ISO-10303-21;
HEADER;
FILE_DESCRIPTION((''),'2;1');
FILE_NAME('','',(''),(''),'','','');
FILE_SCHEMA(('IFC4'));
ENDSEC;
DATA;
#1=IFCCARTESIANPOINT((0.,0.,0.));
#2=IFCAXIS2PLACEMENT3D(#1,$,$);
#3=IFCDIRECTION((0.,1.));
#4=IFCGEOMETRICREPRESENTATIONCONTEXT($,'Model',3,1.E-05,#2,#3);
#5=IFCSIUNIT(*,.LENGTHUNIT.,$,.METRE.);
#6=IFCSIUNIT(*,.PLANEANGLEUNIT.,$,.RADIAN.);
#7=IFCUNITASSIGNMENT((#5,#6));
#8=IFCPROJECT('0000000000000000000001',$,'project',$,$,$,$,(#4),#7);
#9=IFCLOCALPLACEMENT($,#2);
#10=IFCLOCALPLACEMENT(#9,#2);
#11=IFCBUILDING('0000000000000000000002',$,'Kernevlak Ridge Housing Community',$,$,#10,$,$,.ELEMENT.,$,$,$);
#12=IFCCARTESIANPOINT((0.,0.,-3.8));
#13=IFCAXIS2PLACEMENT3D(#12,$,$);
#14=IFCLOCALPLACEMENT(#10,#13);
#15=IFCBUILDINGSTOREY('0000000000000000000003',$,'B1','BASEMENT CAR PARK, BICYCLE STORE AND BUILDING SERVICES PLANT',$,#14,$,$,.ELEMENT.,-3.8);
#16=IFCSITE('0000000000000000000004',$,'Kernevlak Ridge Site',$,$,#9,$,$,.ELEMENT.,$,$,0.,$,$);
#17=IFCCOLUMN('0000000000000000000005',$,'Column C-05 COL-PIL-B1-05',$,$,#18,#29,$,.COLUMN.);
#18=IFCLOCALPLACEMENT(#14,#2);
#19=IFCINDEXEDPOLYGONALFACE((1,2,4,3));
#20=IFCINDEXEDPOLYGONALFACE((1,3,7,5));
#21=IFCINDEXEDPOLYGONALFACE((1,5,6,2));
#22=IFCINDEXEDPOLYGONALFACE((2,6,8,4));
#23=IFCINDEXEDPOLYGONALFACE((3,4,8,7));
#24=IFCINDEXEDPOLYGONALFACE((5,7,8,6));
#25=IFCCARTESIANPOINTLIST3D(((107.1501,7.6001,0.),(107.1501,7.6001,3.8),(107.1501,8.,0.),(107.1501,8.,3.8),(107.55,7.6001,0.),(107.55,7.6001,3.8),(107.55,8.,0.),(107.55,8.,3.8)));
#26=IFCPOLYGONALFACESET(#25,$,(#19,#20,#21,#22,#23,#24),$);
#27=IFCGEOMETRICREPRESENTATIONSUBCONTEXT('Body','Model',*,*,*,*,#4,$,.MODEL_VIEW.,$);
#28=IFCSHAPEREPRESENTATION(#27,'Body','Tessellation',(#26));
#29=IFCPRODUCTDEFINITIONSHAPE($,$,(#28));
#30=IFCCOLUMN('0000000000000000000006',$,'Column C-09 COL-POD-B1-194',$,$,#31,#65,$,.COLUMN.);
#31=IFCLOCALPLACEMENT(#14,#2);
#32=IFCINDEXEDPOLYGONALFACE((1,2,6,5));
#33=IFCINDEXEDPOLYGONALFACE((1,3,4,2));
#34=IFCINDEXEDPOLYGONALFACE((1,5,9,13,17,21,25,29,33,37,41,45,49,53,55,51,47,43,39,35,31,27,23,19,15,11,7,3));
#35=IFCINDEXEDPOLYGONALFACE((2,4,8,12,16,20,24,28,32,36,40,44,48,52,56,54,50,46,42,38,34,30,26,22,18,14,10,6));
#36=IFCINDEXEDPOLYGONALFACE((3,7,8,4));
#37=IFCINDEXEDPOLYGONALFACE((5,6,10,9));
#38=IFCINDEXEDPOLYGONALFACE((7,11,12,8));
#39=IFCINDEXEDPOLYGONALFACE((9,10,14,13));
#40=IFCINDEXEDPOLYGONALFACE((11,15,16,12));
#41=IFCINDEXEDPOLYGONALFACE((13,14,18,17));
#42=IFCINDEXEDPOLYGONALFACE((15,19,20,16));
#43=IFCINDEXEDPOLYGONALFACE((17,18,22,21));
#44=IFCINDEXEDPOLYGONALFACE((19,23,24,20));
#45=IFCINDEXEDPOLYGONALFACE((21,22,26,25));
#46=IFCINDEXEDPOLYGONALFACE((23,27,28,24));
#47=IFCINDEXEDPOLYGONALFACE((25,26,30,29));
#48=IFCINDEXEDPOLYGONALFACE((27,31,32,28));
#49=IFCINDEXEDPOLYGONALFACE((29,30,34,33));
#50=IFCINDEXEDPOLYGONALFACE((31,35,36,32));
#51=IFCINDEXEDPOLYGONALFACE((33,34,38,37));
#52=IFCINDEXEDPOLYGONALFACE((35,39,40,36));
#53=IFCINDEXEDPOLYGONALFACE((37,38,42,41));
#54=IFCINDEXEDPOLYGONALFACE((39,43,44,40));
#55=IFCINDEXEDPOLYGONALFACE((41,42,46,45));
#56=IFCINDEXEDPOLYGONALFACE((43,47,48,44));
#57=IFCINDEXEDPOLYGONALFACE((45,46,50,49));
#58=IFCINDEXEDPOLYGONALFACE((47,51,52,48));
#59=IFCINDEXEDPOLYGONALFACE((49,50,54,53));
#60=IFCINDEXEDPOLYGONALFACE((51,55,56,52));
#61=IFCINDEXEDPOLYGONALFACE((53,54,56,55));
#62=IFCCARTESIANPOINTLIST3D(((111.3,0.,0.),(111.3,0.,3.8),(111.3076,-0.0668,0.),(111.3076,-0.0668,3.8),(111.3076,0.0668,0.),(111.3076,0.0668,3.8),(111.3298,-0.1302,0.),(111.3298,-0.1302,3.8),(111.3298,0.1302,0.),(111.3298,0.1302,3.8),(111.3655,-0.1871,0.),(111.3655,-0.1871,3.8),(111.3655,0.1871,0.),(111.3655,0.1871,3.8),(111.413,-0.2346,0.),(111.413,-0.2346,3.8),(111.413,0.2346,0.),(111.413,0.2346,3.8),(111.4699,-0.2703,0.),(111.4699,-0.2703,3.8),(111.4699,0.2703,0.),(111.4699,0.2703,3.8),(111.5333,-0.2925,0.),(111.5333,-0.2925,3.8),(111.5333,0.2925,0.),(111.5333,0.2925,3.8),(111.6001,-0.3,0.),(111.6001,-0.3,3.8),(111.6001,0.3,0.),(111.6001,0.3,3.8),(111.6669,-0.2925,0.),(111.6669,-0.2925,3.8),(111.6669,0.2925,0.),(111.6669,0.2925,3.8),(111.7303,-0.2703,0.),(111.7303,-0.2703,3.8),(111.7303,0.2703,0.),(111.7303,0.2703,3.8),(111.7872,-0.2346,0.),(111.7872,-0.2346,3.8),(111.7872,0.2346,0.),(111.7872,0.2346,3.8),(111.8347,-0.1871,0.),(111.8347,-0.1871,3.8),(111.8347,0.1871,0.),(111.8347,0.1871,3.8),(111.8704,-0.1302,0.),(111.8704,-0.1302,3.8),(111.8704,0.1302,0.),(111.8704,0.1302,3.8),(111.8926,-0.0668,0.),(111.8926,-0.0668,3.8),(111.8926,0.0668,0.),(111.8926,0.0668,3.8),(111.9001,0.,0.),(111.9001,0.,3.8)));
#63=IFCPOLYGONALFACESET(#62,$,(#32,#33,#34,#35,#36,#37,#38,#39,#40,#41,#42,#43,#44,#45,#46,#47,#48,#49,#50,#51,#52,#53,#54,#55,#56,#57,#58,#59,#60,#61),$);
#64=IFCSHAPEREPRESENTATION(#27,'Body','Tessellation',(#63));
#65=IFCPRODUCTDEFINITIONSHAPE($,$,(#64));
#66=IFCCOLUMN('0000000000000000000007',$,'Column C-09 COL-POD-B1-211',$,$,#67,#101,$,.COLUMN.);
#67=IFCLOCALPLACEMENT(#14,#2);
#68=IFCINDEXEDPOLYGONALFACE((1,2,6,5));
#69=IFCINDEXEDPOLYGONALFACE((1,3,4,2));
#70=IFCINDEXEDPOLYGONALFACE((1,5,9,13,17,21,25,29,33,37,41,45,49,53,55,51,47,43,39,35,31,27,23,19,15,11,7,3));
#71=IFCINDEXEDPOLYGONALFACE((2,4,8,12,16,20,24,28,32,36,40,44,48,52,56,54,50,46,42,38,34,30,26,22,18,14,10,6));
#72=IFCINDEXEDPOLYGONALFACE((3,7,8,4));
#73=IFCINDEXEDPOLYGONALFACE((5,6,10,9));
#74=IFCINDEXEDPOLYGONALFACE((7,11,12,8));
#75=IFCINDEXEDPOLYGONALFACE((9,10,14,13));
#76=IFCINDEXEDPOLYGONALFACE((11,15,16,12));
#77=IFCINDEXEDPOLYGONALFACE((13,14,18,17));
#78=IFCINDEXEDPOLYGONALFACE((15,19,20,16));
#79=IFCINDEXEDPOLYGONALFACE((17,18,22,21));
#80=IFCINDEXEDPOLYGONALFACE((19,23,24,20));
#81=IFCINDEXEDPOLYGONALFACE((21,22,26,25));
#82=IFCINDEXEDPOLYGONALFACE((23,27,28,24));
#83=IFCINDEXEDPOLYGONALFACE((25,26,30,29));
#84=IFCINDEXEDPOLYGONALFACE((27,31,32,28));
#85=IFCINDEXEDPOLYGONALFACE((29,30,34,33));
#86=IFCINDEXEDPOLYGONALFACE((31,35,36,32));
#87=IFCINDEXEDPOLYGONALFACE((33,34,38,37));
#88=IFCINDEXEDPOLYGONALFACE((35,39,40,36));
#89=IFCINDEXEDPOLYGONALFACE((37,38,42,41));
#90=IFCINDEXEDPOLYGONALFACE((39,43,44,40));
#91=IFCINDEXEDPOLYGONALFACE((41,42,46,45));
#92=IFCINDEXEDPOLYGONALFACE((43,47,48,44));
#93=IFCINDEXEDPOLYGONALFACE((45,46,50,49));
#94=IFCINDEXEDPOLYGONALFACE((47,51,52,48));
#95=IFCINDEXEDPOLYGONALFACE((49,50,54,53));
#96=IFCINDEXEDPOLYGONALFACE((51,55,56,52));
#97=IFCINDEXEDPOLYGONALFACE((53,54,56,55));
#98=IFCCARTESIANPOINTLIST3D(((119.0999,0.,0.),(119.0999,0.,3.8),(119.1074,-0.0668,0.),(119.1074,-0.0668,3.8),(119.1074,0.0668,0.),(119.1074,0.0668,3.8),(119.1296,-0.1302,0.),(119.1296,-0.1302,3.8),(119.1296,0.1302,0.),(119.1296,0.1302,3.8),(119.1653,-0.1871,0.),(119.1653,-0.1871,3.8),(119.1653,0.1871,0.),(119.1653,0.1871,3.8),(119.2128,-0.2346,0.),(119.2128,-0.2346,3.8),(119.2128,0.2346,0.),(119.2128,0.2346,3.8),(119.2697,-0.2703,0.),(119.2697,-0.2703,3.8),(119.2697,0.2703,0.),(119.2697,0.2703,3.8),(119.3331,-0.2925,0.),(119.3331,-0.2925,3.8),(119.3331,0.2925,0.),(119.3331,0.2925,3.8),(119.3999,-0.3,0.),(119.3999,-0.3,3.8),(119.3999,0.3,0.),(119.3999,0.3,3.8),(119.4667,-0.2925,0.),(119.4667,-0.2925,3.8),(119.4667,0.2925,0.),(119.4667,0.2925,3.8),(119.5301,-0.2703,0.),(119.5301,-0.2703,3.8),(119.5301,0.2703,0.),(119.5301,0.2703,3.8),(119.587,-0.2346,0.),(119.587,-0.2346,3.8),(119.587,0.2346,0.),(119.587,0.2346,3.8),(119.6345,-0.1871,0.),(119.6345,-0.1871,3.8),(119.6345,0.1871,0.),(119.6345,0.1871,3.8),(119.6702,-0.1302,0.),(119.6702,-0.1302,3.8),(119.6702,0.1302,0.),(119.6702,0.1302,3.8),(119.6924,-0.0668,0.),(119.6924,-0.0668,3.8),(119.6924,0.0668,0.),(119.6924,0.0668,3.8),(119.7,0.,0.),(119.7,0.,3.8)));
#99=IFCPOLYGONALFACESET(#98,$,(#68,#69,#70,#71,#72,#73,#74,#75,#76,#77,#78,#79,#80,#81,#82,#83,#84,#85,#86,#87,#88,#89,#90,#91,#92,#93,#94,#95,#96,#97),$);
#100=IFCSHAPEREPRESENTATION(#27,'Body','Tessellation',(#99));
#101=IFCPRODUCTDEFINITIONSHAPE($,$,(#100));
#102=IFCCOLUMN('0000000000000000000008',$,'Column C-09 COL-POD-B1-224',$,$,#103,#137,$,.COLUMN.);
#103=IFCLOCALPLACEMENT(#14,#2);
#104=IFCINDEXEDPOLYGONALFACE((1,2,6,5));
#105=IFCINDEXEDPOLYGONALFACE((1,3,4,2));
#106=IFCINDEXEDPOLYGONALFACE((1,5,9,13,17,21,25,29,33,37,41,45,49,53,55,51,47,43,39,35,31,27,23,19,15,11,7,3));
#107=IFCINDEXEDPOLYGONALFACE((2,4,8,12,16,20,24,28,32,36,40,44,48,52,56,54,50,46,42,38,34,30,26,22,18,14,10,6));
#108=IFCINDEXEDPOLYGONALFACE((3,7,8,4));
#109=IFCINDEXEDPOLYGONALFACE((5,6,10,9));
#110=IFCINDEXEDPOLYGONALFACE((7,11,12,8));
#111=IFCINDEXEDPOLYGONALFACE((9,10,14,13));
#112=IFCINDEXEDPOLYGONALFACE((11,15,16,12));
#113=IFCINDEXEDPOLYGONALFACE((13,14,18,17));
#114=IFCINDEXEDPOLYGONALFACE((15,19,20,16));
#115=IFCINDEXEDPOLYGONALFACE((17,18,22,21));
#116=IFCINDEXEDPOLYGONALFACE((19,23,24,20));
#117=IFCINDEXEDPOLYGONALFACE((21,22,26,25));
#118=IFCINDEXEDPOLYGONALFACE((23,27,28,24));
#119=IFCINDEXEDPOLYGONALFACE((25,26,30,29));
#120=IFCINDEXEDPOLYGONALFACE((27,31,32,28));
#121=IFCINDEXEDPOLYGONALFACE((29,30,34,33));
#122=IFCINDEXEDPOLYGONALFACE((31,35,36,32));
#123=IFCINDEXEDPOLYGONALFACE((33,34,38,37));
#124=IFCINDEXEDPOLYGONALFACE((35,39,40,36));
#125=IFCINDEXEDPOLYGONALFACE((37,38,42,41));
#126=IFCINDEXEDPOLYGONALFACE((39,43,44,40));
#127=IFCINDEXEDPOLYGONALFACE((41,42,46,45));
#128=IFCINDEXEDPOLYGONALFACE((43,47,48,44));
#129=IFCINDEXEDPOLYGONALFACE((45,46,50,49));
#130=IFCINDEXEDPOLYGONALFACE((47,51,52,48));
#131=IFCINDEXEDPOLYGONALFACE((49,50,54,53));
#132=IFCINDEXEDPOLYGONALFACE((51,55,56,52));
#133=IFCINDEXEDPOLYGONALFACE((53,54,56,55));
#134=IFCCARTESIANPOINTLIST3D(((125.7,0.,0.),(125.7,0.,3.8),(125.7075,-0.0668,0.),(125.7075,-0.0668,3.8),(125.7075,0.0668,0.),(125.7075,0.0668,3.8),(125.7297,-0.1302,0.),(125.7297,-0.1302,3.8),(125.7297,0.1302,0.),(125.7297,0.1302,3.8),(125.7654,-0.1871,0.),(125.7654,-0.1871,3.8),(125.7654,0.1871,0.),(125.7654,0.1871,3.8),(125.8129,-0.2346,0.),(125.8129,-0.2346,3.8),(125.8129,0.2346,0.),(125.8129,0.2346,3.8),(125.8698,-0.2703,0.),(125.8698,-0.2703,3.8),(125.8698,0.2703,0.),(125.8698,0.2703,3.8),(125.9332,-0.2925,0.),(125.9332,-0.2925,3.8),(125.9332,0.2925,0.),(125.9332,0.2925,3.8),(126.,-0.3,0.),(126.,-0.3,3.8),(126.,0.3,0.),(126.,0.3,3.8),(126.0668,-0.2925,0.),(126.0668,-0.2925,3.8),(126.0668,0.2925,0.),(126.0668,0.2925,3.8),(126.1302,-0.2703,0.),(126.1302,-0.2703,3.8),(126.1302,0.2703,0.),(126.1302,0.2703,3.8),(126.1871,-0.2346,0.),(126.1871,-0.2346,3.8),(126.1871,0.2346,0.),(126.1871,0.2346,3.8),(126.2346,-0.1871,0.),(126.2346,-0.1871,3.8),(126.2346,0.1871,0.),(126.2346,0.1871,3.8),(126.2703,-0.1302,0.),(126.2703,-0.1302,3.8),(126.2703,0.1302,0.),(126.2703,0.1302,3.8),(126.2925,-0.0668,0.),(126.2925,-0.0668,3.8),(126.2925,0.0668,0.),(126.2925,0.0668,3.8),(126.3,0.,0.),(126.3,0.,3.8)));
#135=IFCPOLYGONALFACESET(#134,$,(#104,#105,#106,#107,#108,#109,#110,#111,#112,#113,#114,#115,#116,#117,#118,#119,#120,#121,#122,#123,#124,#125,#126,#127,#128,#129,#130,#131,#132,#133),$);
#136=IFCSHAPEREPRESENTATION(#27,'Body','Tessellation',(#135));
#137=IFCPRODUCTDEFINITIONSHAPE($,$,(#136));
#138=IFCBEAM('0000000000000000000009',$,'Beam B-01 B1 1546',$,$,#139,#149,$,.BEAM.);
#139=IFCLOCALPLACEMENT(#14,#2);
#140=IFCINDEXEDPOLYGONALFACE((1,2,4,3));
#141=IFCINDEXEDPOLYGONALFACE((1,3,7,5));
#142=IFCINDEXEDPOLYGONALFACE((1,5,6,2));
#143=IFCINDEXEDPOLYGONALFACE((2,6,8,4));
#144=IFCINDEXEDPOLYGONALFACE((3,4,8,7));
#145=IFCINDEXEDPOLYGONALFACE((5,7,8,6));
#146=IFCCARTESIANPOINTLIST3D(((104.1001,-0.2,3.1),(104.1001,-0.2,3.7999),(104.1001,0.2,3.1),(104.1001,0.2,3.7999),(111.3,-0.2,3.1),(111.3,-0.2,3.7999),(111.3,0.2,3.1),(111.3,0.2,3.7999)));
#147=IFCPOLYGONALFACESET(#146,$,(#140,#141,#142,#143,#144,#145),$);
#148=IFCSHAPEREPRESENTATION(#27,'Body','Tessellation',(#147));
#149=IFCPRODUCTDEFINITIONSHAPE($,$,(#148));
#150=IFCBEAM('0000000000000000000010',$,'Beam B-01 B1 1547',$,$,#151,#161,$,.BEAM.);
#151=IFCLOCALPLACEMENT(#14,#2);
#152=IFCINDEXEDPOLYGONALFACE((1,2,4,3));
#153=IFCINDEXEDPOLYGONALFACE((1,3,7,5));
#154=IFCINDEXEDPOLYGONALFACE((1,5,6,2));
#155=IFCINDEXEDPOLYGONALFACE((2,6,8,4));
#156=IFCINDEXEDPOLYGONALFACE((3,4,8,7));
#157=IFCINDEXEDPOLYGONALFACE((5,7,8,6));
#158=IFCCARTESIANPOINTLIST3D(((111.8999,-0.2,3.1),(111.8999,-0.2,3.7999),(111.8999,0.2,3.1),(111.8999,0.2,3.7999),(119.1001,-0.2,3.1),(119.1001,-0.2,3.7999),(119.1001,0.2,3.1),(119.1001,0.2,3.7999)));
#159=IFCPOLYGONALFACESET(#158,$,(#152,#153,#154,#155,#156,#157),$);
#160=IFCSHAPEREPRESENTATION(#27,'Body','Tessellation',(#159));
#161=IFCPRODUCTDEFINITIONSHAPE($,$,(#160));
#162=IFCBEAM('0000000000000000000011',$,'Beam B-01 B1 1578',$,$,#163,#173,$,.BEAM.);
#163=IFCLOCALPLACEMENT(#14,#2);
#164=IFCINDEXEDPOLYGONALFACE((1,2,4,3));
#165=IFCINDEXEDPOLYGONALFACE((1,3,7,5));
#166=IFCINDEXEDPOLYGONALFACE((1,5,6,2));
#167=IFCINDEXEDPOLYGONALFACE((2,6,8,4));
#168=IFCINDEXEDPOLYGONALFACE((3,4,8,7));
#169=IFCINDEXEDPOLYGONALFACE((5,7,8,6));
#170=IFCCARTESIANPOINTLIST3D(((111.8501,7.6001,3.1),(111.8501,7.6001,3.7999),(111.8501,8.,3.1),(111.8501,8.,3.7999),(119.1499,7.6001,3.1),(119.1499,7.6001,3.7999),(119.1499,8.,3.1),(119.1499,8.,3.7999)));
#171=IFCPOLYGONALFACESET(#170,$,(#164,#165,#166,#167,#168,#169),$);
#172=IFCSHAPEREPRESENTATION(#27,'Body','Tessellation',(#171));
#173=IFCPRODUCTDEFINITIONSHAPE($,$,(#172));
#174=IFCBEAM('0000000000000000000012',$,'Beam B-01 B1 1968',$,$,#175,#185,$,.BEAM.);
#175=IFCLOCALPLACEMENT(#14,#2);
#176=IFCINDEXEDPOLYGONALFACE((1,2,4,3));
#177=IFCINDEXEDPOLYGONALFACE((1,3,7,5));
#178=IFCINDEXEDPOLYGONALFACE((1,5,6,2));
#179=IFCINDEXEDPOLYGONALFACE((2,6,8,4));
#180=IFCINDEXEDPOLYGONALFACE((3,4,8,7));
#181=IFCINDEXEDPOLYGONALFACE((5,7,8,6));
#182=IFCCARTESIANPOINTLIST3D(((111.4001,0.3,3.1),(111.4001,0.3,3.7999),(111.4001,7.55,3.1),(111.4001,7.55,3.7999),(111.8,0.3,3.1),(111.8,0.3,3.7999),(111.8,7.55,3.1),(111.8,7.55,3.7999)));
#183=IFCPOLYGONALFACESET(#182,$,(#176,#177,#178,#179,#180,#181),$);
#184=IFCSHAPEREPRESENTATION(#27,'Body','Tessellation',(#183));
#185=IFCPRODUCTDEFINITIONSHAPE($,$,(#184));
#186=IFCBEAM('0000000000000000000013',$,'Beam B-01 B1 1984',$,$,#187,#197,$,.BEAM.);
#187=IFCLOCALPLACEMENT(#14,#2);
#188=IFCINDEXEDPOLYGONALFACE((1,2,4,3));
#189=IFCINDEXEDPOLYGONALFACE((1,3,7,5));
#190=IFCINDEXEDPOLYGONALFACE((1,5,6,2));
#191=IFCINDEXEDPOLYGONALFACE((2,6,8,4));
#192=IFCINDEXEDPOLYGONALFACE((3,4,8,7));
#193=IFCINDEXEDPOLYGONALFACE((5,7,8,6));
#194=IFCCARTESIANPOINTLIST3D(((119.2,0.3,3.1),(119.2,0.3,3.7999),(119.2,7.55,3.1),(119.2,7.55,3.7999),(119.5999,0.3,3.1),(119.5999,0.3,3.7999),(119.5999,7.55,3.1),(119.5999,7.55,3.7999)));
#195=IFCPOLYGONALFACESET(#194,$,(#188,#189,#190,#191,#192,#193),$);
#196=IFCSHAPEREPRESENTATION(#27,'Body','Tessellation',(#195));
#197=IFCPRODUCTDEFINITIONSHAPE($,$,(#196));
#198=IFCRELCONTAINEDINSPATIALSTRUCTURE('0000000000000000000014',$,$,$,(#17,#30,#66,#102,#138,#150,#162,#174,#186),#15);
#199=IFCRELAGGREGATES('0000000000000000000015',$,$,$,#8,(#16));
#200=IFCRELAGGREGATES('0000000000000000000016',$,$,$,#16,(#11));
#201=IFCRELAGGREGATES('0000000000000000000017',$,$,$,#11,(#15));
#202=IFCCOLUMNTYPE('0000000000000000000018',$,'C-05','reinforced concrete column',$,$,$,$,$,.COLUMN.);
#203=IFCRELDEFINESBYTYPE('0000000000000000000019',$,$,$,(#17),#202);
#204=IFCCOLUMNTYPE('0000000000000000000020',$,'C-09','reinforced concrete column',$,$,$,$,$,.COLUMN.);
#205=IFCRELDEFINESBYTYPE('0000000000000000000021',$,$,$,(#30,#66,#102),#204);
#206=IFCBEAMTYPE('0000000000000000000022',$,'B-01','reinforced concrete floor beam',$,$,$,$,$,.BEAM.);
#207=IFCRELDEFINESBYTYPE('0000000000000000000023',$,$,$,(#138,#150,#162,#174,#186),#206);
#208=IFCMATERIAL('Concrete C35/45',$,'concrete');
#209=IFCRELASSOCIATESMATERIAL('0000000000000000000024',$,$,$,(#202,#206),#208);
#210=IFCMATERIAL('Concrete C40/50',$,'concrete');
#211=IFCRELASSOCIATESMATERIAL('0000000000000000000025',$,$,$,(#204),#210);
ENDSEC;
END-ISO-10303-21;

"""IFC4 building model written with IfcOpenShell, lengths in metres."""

from ifc_helpers import new_model, si_unit, direction, frame, origin, origin_2d, place, context, subcontext, project, spatial, rectangle, circle, extrude, material, material_profile, profile_set, type_object, element, save


model = new_model("IFC4")

# Units and contexts
model_context = context("Model", 3, precision=1e-05, world=origin(), true_north=direction((0.0, 1.0)))
body_context = subcontext(model_context, "Body", "Model", "MODEL_VIEW")
ifc_project = project(units=[si_unit("LENGTHUNIT", "METRE"), si_unit("PLANEANGLEUNIT", "RADIAN")], contexts=[model_context])

# Site, building, storey
site_placement = place(None, origin())
site = spatial("IfcSite", under=ifc_project, at=site_placement, Name="Kernevlak Ridge Site", CompositionType="ELEMENT", RefElevation=0.0)
building_placement = place(site_placement, origin())
building = spatial("IfcBuilding", under=site, at=building_placement, Name="Kernevlak Ridge Housing Community", CompositionType="ELEMENT")
storey_placement = place(building_placement, frame((0.0, 0.0, -3.8)))
storey = spatial("IfcBuildingStorey", under=building, at=storey_placement, Name="B1", Description="BASEMENT CAR PARK, BICYCLE STORE AND BUILDING SERVICES PLANT", CompositionType="ELEMENT", Elevation=-3.8)

# Shared definitions
ifc_material_1 = material(Name="Concrete C35/45", Category="concrete")

# Columns
ifc_material_2 = material(Name="Concrete C40/50", Category="concrete")
ifc_material_profile_1 = material_profile(ifc_material_1, rectangle(XDim=0.3999, YDim=0.3999, at=origin_2d()), Name="RC 400x400")
ifc_profile_set_1 = profile_set([ifc_material_profile_1], Name="Concrete C35/45")
column_type_1 = type_object("IfcColumnType", Name="C-05", Description="reinforced concrete column", PredefinedType="COLUMN", material=ifc_profile_set_1)
column_1_placement = place(storey_placement, frame((107.3501, 7.8, 0.0), z_axis=(0.0, 0.0, 1.0), x_axis=(1.0, 0.0, 0.0)))
element("IfcColumn", 1, at=column_1_placement, inside=storey, type_object=column_type_1, Name="Column C-05 COL-PIL-B1-05", PredefinedType="COLUMN", context=body_context, shape_type="SweptSolid", body=[
    extrude(rectangle(XDim=0.3999, YDim=0.3999, at=origin_2d()), origin(), (0.0, 0.0, 1.0), 3.8),
])
ifc_material_profile_2 = material_profile(ifc_material_2, circle(Radius=0.3, at=origin_2d()), Name="RC D600")
ifc_profile_set_2 = profile_set([ifc_material_profile_2], Name="Concrete C40/50")
column_type_2 = type_object("IfcColumnType", Name="C-09", Description="reinforced concrete column", PredefinedType="COLUMN", material=ifc_profile_set_2)
for number, where, z_axis, x_axis, name in (
    (2, (111.6001, 0.0, 0.0), (0.0, 0.0, 1.0), (1.0, 0.0, 0.0), "Column C-09 COL-POD-B1-194"),
    (3, (119.3999, 0.0, 0.0), (0.0, 0.0, 1.0), (1.0, 0.0, 0.0), "Column C-09 COL-POD-B1-211"),
    (4, (126.0, 0.0, 0.0), (0.0, 0.0, 1.0), (1.0, 0.0, 0.0), "Column C-09 COL-POD-B1-224"),
):
    element("IfcColumn", number, at=place(storey_placement, frame(where, z_axis=z_axis, x_axis=x_axis)), inside=storey, type_object=column_type_2, Name=name, PredefinedType="COLUMN", context=body_context, shape_type="SweptSolid", body=[
        extrude(circle(Radius=0.3, at=origin_2d()), origin(), (0.0, 0.0, 1.0), 3.8),
    ])

# Beams
ifc_material_profile_3 = material_profile(ifc_material_1, rectangle(XDim=0.3999, YDim=0.7, at=origin_2d()), Name="RC 400x700")
ifc_profile_set_3 = profile_set([ifc_material_profile_3], Name="Concrete C35/45")
beam_type_1 = type_object("IfcBeamType", Name="B-01", Description="reinforced concrete floor beam", PredefinedType="BEAM", material=ifc_profile_set_3)
beam_1_placement = place(storey_placement, frame((104.1001, 0.0, 3.45), z_axis=(1.0, 0.0, 0.0), x_axis=(0.0, 1.0, 0.0)))
element("IfcBeam", 5, at=beam_1_placement, inside=storey, type_object=beam_type_1, Name="Beam B-01 B1 1546", PredefinedType="BEAM", context=body_context, shape_type="SweptSolid", body=[
    extrude(rectangle(XDim=0.3999, YDim=0.7, at=origin_2d()), origin(), (0.0, 0.0, 1.0), 7.2),
])
beam_2_placement = place(storey_placement, frame((111.8999, 0.0, 3.45), z_axis=(1.0, 0.0, 0.0), x_axis=(0.0, 1.0, 0.0)))
element("IfcBeam", 6, at=beam_2_placement, inside=storey, type_object=beam_type_1, Name="Beam B-01 B1 1547", PredefinedType="BEAM", context=body_context, shape_type="SweptSolid", body=[
    extrude(rectangle(XDim=0.3999, YDim=0.7, at=origin_2d()), origin(), (0.0, 0.0, 1.0), 7.2002),
])
beam_3_placement = place(storey_placement, frame((111.8501, 7.8, 3.45), z_axis=(1.0, 0.0, 0.0), x_axis=(0.0, 1.0, 0.0)))
element("IfcBeam", 7, at=beam_3_placement, inside=storey, type_object=beam_type_1, Name="Beam B-01 B1 1578", PredefinedType="BEAM", context=body_context, shape_type="SweptSolid", body=[
    extrude(rectangle(XDim=0.3999, YDim=0.7, at=origin_2d()), origin(), (0.0, 0.0, 1.0), 7.2998),
])
for number, where, z_axis, x_axis, name in (
    (8, (111.6001, 0.3, 3.45), (0.0, 1.0, 0.0), (-1.0, 0.0, 0.0), "Beam B-01 B1 1968"),
    (9, (119.3999, 0.3, 3.45), (0.0, 1.0, 0.0), (-1.0, 0.0, 0.0), "Beam B-01 B1 1984"),
):
    element("IfcBeam", number, at=place(storey_placement, frame(where, z_axis=z_axis, x_axis=x_axis)), inside=storey, type_object=beam_type_1, Name=name, PredefinedType="BEAM", context=body_context, shape_type="SweptSolid", body=[
        extrude(rectangle(XDim=0.3999, YDim=0.7, at=origin_2d()), origin(), (0.0, 0.0, 1.0), 7.25),
    ])

save(model, "model.ifc")
